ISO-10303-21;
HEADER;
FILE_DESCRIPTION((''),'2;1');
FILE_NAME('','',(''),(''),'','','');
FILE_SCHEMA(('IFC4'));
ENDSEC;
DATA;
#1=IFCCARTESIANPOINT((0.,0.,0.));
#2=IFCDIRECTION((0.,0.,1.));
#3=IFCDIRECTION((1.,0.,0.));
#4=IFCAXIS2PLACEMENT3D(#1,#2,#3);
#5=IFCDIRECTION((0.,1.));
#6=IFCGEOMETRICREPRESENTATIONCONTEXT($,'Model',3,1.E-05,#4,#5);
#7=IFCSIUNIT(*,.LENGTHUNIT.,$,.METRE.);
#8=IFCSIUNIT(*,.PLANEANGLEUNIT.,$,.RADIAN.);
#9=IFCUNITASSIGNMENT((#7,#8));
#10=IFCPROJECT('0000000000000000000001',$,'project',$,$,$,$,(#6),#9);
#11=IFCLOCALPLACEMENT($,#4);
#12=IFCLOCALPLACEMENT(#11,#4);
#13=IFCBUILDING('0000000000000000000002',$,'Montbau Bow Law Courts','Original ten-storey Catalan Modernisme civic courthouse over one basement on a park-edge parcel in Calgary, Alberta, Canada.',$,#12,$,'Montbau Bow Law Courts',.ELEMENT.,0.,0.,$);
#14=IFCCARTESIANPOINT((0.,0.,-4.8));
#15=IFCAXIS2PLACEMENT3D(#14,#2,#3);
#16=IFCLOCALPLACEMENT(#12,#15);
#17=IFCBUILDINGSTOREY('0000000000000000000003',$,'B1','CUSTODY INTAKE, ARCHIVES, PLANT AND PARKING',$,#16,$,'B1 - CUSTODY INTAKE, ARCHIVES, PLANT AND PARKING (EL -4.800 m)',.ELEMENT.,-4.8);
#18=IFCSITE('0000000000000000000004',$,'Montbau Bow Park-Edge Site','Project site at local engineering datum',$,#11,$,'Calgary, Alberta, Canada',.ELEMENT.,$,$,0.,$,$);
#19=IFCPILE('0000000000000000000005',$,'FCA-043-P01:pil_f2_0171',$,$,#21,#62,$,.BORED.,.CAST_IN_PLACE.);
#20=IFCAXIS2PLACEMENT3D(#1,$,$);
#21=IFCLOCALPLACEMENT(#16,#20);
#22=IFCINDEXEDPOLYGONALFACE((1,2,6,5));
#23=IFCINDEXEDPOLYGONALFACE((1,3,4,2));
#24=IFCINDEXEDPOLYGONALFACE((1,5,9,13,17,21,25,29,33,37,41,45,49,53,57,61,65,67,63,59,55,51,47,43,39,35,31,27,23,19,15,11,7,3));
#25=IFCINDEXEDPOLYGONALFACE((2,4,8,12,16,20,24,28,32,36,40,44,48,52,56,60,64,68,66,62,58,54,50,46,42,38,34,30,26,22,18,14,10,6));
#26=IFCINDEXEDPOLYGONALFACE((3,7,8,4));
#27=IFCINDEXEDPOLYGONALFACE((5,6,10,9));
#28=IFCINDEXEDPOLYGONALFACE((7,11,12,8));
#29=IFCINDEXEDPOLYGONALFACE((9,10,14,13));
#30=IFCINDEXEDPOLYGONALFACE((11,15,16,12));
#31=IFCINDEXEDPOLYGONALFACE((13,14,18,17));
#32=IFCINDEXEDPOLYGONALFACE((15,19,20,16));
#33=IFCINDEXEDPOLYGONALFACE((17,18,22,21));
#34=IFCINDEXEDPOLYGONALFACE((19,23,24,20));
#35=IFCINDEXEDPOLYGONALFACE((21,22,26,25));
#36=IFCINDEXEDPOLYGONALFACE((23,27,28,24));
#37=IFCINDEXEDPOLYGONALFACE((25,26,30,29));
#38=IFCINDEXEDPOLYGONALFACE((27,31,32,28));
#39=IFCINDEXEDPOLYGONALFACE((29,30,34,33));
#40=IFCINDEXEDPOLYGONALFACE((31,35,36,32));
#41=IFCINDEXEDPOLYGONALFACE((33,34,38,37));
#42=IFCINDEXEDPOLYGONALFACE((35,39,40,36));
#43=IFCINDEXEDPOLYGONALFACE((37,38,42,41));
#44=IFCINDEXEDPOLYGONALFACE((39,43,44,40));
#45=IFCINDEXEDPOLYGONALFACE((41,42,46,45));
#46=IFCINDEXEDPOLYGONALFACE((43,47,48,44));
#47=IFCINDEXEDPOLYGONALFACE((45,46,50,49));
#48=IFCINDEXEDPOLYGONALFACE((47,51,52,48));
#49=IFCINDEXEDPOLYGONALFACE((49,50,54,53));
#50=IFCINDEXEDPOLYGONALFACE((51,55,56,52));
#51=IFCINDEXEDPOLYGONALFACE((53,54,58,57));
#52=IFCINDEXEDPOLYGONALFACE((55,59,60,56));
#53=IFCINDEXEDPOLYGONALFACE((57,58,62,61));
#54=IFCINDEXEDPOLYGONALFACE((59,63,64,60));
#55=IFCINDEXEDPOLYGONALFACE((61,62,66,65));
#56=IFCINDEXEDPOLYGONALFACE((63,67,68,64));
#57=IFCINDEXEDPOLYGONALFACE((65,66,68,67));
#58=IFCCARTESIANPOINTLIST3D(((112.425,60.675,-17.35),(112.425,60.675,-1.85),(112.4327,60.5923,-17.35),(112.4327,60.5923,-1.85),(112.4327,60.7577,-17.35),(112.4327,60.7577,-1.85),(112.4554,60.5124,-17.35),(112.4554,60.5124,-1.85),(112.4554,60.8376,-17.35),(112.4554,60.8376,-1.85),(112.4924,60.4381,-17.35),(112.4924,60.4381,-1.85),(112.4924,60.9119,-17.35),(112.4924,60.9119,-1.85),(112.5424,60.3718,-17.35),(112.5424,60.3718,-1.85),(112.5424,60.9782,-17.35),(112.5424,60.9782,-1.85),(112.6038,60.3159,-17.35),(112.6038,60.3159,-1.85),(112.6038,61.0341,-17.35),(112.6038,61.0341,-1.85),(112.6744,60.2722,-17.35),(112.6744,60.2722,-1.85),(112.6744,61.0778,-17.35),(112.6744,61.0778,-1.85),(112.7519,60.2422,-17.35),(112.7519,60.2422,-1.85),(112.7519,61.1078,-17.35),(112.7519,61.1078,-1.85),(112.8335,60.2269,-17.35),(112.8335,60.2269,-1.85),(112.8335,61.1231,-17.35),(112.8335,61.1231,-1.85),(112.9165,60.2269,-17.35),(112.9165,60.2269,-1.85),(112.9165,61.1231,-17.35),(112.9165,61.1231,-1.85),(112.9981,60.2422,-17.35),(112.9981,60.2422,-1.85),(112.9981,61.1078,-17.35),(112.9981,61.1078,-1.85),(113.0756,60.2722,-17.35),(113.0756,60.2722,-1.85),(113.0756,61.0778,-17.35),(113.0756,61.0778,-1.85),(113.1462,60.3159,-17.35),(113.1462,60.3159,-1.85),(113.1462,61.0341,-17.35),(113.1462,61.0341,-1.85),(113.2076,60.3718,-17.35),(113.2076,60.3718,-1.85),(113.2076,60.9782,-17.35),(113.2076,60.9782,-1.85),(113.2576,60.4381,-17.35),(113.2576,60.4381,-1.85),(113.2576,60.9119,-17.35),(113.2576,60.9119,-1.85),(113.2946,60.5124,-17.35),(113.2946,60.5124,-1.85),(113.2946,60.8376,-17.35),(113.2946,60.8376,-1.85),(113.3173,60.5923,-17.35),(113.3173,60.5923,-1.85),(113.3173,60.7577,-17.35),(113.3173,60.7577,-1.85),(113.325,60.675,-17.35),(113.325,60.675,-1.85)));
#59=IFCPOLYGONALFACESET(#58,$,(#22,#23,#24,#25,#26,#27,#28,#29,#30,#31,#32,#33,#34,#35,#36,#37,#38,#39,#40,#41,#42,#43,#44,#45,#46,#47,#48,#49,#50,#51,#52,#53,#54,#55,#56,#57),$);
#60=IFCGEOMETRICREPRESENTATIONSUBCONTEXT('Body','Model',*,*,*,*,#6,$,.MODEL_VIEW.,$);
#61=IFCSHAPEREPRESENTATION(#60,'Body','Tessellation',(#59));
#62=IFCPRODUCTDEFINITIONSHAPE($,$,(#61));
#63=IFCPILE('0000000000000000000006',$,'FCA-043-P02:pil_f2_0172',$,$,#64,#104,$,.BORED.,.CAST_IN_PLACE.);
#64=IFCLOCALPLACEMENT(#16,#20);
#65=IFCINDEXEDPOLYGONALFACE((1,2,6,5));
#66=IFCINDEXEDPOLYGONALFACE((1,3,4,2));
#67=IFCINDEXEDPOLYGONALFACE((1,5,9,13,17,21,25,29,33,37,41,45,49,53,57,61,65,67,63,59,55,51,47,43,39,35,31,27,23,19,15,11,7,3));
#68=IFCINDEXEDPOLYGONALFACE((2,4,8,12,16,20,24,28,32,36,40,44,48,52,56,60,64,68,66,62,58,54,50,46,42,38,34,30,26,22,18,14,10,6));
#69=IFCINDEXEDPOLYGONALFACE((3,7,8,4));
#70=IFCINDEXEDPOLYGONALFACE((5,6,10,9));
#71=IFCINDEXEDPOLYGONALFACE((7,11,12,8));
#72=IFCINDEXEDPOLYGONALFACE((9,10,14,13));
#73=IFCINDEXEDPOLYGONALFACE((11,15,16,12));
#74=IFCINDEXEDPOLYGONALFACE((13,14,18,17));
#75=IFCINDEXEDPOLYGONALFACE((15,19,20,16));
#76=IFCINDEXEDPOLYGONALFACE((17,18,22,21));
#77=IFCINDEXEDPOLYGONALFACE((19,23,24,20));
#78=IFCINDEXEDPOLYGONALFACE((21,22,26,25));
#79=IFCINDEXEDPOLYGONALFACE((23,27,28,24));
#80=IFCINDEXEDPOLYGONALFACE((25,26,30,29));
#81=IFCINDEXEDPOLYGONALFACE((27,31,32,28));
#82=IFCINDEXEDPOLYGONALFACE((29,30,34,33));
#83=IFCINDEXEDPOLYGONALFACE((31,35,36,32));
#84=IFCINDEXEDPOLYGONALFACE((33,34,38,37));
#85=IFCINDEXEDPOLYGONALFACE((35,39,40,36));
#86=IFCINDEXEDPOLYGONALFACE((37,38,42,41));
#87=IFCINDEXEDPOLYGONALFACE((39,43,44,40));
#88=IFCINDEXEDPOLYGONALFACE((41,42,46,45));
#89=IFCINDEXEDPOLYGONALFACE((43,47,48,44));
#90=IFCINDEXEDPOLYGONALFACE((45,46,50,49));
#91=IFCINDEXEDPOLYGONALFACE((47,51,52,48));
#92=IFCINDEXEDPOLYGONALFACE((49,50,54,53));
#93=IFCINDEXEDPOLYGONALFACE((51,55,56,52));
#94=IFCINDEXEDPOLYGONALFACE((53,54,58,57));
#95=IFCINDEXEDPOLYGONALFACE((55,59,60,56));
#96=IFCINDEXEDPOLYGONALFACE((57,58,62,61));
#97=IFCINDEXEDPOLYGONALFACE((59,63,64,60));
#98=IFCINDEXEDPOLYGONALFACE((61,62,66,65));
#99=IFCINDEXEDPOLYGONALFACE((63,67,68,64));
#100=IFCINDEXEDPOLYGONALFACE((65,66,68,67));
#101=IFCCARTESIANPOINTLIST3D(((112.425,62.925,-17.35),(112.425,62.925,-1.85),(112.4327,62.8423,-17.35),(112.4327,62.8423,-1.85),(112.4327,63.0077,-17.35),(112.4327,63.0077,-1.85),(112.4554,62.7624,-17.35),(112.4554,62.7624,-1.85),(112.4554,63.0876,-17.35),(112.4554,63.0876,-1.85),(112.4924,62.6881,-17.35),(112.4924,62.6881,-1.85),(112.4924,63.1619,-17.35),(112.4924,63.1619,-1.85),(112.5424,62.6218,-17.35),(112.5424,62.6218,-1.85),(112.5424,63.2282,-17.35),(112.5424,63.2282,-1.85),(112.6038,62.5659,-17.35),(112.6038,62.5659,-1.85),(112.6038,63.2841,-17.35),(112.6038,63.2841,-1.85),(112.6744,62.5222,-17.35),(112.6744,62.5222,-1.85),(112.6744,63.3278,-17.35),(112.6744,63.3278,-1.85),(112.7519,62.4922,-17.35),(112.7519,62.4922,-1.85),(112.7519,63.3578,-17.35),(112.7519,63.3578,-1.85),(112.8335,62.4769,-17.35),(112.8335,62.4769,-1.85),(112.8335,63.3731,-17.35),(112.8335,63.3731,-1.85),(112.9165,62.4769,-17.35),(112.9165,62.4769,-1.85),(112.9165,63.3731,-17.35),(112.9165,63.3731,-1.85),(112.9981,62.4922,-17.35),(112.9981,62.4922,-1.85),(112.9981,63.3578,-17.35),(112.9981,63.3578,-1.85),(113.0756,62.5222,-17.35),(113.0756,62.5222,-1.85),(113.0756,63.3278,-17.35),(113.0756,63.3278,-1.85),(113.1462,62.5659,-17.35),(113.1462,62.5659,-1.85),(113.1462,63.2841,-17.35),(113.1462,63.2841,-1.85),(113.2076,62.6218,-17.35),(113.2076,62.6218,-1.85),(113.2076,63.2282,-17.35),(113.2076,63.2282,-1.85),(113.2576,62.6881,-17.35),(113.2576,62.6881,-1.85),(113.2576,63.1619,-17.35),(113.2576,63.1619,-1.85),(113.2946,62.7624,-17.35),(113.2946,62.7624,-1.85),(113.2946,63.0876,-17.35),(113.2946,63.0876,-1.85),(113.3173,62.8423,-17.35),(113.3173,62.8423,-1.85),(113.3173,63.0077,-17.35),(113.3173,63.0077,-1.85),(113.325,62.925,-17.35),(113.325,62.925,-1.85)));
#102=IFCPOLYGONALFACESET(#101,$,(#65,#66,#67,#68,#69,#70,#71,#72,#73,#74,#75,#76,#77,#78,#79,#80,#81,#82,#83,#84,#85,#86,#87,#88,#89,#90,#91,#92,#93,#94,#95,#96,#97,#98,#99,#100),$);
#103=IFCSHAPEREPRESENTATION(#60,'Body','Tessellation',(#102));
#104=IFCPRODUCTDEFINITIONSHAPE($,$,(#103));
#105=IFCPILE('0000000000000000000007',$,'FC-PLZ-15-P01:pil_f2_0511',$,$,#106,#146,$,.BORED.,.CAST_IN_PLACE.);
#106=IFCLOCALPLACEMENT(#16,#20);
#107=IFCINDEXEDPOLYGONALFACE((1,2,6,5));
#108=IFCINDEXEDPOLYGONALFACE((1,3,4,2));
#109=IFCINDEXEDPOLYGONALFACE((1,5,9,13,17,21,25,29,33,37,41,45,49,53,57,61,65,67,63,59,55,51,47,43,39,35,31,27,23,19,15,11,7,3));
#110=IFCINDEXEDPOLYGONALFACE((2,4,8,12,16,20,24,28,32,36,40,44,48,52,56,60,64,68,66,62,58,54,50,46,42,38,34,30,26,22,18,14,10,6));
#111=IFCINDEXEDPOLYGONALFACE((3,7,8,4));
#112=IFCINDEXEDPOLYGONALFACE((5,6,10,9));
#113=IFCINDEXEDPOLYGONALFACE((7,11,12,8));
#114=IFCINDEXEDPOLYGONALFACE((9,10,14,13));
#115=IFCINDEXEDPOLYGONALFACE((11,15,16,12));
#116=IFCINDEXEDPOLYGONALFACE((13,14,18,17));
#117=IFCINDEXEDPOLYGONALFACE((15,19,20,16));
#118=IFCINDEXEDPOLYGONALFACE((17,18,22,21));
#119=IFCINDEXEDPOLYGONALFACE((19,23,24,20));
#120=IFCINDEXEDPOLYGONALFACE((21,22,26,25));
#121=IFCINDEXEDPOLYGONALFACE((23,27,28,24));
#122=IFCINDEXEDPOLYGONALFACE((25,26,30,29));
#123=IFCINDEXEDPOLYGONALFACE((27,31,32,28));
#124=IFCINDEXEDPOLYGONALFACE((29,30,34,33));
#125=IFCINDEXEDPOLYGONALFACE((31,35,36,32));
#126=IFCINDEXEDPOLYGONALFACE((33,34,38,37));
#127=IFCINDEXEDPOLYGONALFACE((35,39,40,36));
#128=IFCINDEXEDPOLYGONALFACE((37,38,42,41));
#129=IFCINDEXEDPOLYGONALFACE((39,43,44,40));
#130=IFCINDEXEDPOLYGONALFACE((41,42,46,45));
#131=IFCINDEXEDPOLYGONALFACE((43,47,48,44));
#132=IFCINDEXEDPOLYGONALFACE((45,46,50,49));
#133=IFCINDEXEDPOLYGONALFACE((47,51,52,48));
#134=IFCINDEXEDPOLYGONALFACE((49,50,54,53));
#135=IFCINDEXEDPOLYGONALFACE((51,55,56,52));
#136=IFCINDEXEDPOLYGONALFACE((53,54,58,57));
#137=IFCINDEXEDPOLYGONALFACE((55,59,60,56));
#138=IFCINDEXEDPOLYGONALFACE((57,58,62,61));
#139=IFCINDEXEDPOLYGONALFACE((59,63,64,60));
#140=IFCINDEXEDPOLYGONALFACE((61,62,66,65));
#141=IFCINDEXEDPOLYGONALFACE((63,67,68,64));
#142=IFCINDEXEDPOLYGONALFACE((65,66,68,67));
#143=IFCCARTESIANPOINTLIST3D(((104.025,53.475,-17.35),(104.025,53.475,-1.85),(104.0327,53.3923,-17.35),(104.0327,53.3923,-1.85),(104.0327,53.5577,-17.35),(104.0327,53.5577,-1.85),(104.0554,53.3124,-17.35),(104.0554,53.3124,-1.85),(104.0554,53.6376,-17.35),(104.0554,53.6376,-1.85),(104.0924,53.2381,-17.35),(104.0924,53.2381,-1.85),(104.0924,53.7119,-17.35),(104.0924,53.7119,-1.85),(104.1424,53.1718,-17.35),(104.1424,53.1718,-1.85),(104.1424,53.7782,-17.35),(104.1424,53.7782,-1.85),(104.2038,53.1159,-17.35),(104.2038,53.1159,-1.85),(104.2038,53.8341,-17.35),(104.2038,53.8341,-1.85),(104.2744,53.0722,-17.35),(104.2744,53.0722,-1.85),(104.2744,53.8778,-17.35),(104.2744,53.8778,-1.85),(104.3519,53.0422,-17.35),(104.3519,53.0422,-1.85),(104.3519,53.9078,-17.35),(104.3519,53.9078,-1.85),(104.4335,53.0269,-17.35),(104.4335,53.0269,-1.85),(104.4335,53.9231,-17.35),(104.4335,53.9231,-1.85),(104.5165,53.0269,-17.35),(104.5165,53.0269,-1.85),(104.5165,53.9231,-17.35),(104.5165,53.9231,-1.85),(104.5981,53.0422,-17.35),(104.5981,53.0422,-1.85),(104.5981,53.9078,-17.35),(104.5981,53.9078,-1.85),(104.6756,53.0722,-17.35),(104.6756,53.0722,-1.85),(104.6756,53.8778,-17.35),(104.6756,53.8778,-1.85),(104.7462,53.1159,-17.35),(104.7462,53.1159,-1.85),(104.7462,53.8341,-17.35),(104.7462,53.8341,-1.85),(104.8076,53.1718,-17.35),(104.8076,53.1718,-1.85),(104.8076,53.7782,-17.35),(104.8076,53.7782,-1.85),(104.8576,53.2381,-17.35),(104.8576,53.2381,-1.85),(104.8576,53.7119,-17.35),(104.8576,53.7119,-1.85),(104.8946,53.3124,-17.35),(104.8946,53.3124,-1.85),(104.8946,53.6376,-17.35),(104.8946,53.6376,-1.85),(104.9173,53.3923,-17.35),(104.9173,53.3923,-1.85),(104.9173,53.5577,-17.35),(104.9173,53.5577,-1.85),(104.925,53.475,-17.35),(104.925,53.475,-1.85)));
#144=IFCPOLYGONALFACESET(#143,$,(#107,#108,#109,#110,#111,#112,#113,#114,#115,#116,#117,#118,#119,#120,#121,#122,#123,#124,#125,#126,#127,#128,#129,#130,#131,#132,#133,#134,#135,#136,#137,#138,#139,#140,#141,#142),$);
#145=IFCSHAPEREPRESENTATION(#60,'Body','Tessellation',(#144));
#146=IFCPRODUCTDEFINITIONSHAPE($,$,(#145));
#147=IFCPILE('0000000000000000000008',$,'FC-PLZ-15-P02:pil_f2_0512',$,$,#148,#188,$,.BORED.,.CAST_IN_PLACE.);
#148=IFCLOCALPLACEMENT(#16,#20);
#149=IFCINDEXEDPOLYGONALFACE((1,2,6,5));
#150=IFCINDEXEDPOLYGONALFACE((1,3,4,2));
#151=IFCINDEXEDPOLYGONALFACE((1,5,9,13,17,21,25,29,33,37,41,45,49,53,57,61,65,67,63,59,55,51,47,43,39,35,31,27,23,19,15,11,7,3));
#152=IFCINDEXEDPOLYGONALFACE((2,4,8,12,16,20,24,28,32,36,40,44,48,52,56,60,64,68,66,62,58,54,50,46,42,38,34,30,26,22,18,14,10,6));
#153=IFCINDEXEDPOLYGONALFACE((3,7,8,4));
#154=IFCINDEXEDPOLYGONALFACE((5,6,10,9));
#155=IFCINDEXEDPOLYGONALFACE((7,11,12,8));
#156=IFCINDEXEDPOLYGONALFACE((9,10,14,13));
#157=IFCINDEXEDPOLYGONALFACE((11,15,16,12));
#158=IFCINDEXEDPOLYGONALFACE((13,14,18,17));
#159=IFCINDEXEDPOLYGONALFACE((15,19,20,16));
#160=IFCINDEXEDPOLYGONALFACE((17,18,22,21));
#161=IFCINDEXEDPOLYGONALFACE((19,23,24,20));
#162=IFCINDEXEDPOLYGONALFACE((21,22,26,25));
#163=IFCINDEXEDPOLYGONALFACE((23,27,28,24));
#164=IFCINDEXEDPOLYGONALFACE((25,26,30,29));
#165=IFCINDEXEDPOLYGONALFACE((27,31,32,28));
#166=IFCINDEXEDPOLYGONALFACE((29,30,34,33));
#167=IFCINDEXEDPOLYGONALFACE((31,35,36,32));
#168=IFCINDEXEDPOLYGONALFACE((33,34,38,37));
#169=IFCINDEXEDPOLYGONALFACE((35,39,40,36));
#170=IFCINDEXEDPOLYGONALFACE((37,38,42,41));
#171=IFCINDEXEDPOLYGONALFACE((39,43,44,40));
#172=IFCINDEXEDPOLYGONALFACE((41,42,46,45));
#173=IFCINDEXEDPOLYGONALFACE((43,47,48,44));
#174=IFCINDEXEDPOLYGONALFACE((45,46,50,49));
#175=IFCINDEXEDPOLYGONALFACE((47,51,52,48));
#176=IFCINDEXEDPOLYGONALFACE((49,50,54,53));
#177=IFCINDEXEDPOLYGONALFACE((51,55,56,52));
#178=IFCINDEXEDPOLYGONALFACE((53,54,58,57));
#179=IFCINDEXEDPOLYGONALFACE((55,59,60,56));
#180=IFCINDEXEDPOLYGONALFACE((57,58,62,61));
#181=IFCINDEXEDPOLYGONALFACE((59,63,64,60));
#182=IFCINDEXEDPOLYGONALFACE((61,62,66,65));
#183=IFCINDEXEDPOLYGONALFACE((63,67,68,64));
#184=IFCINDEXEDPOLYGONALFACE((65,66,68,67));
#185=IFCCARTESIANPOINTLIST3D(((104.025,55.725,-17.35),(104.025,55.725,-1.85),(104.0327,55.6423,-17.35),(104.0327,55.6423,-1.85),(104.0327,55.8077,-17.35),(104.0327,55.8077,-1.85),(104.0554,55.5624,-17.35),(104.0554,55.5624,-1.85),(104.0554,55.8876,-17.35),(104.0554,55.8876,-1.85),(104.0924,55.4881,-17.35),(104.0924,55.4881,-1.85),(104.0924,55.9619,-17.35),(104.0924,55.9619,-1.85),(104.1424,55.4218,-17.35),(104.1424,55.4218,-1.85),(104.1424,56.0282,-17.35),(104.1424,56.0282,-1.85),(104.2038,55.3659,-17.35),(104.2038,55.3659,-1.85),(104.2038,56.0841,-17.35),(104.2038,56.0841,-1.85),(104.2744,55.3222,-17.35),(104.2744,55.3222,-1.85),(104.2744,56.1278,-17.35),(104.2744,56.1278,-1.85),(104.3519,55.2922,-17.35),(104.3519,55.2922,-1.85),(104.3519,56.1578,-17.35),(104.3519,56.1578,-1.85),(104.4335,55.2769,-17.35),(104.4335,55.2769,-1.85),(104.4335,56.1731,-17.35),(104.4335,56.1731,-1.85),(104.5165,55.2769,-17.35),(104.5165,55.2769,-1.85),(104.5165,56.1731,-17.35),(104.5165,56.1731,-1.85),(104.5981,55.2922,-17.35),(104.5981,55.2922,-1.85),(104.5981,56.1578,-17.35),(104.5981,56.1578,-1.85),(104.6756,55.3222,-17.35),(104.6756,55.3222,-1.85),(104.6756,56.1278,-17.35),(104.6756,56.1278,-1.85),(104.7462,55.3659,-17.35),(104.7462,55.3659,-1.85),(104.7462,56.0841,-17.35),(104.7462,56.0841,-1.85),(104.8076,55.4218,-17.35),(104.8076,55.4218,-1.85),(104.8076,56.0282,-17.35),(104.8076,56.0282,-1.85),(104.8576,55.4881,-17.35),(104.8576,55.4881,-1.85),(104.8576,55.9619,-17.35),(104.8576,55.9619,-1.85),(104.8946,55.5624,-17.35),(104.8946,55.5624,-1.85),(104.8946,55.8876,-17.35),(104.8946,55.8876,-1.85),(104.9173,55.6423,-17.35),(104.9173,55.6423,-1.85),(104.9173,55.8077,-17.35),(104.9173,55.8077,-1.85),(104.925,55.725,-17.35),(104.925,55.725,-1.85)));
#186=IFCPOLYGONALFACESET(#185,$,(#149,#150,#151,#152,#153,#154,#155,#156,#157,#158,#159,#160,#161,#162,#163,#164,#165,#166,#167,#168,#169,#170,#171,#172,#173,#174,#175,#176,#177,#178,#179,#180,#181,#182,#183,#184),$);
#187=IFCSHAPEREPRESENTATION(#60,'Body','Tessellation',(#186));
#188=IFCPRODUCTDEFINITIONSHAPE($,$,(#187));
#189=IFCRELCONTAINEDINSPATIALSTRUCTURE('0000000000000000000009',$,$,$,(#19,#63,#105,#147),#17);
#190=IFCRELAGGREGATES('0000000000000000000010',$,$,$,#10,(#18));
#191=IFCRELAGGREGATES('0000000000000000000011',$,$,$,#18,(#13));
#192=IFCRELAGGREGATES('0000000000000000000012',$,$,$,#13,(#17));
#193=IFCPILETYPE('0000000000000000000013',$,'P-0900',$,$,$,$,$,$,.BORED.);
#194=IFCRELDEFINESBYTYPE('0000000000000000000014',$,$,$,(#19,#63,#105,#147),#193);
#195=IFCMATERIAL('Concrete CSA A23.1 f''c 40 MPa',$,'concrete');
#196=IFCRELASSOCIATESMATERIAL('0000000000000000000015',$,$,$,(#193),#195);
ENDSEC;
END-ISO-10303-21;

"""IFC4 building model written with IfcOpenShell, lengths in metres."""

from ifc_helpers import new_model, si_unit, direction, frame, origin_with_axes, origin_2d_with_axis, place, context, subcontext, project, spatial, circle, extrude, material, material_profile, profile_set, type_object, element, save


model = new_model("IFC4")

# Units and contexts
model_context = context("Model", 3, precision=1e-05, world=origin_with_axes(), true_north=direction((0.0, 1.0)))
body_context = subcontext(model_context, "Body", "Model", "MODEL_VIEW")
ifc_project = project(units=[si_unit("LENGTHUNIT", "METRE"), si_unit("PLANEANGLEUNIT", "RADIAN")], contexts=[model_context])

# Site, building, storey
site_placement = place(None, origin_with_axes())
site = spatial("IfcSite", under=ifc_project, at=site_placement, Name="Montbau Bow Park-Edge Site", Description="Project site at local engineering datum", LongName="Calgary, Alberta, Canada", CompositionType="ELEMENT", RefElevation=0.0)
building_placement = place(site_placement, origin_with_axes())
building = spatial("IfcBuilding", under=site, at=building_placement, Name="Montbau Bow Law Courts", Description="Original ten-storey Catalan Modernisme civic courthouse over one basement on a park-edge parcel in Calgary, Alberta, Canada.", LongName="Montbau Bow Law Courts", CompositionType="ELEMENT", ElevationOfRefHeight=0.0, ElevationOfTerrain=0.0)
storey_placement = place(building_placement, frame((0.0, 0.0, -4.8), z_axis=(0.0, 0.0, 1.0), x_axis=(1.0, 0.0, 0.0)))
storey = spatial("IfcBuildingStorey", under=building, at=storey_placement, Name="B1", Description="CUSTODY INTAKE, ARCHIVES, PLANT AND PARKING", LongName="B1 - CUSTODY INTAKE, ARCHIVES, PLANT AND PARKING (EL -4.800 m)", CompositionType="ELEMENT", Elevation=-4.8)

# Piles
ifc_material_1 = material(Name="Concrete CSA A23.1 f'c 40 MPa", Category="concrete")
ifc_material_profile_1 = material_profile(ifc_material_1, circle(Radius=0.45, at=origin_2d_with_axis()), Name="BP900", Category="Main", Priority=0)
ifc_profile_set_1 = profile_set([ifc_material_profile_1], Name="Concrete CSA A23.1 f'c 40 MPa")
pile_type_1 = type_object("IfcPileType", Name="P-0900", PredefinedType="BORED", material=ifc_profile_set_1)
for number, where, z_axis, x_axis, name in (
    (1, (112.875, 60.675, -22.15), (0.0, 0.0, 1.0), (1.0, 0.0, 0.0), "FCA-043-P01:pil_f2_0171"),
    (2, (112.875, 62.925, -22.15), (0.0, 0.0, 1.0), (1.0, 0.0, 0.0), "FCA-043-P02:pil_f2_0172"),
    (3, (104.475, 53.475, -22.15), (0.0, 0.0, 1.0), (1.0, 0.0, 0.0), "FC-PLZ-15-P01:pil_f2_0511"),
    (4, (104.475, 55.725, -22.15), (0.0, 0.0, 1.0), (1.0, 0.0, 0.0), "FC-PLZ-15-P02:pil_f2_0512"),
):
    element("IfcPile", number, at=place(None, frame(where, z_axis=z_axis, x_axis=x_axis)), inside=storey, type_object=pile_type_1, Name=name, ConstructionType="CAST_IN_PLACE", PredefinedType="BORED", context=body_context, shape_type="SweptSolid", body=[
        extrude(circle(Radius=0.45, at=origin_2d_with_axis()), origin_with_axes(), (0.0, 0.0, 1.0), 15.5),
    ])

save(model, "model.ifc")
